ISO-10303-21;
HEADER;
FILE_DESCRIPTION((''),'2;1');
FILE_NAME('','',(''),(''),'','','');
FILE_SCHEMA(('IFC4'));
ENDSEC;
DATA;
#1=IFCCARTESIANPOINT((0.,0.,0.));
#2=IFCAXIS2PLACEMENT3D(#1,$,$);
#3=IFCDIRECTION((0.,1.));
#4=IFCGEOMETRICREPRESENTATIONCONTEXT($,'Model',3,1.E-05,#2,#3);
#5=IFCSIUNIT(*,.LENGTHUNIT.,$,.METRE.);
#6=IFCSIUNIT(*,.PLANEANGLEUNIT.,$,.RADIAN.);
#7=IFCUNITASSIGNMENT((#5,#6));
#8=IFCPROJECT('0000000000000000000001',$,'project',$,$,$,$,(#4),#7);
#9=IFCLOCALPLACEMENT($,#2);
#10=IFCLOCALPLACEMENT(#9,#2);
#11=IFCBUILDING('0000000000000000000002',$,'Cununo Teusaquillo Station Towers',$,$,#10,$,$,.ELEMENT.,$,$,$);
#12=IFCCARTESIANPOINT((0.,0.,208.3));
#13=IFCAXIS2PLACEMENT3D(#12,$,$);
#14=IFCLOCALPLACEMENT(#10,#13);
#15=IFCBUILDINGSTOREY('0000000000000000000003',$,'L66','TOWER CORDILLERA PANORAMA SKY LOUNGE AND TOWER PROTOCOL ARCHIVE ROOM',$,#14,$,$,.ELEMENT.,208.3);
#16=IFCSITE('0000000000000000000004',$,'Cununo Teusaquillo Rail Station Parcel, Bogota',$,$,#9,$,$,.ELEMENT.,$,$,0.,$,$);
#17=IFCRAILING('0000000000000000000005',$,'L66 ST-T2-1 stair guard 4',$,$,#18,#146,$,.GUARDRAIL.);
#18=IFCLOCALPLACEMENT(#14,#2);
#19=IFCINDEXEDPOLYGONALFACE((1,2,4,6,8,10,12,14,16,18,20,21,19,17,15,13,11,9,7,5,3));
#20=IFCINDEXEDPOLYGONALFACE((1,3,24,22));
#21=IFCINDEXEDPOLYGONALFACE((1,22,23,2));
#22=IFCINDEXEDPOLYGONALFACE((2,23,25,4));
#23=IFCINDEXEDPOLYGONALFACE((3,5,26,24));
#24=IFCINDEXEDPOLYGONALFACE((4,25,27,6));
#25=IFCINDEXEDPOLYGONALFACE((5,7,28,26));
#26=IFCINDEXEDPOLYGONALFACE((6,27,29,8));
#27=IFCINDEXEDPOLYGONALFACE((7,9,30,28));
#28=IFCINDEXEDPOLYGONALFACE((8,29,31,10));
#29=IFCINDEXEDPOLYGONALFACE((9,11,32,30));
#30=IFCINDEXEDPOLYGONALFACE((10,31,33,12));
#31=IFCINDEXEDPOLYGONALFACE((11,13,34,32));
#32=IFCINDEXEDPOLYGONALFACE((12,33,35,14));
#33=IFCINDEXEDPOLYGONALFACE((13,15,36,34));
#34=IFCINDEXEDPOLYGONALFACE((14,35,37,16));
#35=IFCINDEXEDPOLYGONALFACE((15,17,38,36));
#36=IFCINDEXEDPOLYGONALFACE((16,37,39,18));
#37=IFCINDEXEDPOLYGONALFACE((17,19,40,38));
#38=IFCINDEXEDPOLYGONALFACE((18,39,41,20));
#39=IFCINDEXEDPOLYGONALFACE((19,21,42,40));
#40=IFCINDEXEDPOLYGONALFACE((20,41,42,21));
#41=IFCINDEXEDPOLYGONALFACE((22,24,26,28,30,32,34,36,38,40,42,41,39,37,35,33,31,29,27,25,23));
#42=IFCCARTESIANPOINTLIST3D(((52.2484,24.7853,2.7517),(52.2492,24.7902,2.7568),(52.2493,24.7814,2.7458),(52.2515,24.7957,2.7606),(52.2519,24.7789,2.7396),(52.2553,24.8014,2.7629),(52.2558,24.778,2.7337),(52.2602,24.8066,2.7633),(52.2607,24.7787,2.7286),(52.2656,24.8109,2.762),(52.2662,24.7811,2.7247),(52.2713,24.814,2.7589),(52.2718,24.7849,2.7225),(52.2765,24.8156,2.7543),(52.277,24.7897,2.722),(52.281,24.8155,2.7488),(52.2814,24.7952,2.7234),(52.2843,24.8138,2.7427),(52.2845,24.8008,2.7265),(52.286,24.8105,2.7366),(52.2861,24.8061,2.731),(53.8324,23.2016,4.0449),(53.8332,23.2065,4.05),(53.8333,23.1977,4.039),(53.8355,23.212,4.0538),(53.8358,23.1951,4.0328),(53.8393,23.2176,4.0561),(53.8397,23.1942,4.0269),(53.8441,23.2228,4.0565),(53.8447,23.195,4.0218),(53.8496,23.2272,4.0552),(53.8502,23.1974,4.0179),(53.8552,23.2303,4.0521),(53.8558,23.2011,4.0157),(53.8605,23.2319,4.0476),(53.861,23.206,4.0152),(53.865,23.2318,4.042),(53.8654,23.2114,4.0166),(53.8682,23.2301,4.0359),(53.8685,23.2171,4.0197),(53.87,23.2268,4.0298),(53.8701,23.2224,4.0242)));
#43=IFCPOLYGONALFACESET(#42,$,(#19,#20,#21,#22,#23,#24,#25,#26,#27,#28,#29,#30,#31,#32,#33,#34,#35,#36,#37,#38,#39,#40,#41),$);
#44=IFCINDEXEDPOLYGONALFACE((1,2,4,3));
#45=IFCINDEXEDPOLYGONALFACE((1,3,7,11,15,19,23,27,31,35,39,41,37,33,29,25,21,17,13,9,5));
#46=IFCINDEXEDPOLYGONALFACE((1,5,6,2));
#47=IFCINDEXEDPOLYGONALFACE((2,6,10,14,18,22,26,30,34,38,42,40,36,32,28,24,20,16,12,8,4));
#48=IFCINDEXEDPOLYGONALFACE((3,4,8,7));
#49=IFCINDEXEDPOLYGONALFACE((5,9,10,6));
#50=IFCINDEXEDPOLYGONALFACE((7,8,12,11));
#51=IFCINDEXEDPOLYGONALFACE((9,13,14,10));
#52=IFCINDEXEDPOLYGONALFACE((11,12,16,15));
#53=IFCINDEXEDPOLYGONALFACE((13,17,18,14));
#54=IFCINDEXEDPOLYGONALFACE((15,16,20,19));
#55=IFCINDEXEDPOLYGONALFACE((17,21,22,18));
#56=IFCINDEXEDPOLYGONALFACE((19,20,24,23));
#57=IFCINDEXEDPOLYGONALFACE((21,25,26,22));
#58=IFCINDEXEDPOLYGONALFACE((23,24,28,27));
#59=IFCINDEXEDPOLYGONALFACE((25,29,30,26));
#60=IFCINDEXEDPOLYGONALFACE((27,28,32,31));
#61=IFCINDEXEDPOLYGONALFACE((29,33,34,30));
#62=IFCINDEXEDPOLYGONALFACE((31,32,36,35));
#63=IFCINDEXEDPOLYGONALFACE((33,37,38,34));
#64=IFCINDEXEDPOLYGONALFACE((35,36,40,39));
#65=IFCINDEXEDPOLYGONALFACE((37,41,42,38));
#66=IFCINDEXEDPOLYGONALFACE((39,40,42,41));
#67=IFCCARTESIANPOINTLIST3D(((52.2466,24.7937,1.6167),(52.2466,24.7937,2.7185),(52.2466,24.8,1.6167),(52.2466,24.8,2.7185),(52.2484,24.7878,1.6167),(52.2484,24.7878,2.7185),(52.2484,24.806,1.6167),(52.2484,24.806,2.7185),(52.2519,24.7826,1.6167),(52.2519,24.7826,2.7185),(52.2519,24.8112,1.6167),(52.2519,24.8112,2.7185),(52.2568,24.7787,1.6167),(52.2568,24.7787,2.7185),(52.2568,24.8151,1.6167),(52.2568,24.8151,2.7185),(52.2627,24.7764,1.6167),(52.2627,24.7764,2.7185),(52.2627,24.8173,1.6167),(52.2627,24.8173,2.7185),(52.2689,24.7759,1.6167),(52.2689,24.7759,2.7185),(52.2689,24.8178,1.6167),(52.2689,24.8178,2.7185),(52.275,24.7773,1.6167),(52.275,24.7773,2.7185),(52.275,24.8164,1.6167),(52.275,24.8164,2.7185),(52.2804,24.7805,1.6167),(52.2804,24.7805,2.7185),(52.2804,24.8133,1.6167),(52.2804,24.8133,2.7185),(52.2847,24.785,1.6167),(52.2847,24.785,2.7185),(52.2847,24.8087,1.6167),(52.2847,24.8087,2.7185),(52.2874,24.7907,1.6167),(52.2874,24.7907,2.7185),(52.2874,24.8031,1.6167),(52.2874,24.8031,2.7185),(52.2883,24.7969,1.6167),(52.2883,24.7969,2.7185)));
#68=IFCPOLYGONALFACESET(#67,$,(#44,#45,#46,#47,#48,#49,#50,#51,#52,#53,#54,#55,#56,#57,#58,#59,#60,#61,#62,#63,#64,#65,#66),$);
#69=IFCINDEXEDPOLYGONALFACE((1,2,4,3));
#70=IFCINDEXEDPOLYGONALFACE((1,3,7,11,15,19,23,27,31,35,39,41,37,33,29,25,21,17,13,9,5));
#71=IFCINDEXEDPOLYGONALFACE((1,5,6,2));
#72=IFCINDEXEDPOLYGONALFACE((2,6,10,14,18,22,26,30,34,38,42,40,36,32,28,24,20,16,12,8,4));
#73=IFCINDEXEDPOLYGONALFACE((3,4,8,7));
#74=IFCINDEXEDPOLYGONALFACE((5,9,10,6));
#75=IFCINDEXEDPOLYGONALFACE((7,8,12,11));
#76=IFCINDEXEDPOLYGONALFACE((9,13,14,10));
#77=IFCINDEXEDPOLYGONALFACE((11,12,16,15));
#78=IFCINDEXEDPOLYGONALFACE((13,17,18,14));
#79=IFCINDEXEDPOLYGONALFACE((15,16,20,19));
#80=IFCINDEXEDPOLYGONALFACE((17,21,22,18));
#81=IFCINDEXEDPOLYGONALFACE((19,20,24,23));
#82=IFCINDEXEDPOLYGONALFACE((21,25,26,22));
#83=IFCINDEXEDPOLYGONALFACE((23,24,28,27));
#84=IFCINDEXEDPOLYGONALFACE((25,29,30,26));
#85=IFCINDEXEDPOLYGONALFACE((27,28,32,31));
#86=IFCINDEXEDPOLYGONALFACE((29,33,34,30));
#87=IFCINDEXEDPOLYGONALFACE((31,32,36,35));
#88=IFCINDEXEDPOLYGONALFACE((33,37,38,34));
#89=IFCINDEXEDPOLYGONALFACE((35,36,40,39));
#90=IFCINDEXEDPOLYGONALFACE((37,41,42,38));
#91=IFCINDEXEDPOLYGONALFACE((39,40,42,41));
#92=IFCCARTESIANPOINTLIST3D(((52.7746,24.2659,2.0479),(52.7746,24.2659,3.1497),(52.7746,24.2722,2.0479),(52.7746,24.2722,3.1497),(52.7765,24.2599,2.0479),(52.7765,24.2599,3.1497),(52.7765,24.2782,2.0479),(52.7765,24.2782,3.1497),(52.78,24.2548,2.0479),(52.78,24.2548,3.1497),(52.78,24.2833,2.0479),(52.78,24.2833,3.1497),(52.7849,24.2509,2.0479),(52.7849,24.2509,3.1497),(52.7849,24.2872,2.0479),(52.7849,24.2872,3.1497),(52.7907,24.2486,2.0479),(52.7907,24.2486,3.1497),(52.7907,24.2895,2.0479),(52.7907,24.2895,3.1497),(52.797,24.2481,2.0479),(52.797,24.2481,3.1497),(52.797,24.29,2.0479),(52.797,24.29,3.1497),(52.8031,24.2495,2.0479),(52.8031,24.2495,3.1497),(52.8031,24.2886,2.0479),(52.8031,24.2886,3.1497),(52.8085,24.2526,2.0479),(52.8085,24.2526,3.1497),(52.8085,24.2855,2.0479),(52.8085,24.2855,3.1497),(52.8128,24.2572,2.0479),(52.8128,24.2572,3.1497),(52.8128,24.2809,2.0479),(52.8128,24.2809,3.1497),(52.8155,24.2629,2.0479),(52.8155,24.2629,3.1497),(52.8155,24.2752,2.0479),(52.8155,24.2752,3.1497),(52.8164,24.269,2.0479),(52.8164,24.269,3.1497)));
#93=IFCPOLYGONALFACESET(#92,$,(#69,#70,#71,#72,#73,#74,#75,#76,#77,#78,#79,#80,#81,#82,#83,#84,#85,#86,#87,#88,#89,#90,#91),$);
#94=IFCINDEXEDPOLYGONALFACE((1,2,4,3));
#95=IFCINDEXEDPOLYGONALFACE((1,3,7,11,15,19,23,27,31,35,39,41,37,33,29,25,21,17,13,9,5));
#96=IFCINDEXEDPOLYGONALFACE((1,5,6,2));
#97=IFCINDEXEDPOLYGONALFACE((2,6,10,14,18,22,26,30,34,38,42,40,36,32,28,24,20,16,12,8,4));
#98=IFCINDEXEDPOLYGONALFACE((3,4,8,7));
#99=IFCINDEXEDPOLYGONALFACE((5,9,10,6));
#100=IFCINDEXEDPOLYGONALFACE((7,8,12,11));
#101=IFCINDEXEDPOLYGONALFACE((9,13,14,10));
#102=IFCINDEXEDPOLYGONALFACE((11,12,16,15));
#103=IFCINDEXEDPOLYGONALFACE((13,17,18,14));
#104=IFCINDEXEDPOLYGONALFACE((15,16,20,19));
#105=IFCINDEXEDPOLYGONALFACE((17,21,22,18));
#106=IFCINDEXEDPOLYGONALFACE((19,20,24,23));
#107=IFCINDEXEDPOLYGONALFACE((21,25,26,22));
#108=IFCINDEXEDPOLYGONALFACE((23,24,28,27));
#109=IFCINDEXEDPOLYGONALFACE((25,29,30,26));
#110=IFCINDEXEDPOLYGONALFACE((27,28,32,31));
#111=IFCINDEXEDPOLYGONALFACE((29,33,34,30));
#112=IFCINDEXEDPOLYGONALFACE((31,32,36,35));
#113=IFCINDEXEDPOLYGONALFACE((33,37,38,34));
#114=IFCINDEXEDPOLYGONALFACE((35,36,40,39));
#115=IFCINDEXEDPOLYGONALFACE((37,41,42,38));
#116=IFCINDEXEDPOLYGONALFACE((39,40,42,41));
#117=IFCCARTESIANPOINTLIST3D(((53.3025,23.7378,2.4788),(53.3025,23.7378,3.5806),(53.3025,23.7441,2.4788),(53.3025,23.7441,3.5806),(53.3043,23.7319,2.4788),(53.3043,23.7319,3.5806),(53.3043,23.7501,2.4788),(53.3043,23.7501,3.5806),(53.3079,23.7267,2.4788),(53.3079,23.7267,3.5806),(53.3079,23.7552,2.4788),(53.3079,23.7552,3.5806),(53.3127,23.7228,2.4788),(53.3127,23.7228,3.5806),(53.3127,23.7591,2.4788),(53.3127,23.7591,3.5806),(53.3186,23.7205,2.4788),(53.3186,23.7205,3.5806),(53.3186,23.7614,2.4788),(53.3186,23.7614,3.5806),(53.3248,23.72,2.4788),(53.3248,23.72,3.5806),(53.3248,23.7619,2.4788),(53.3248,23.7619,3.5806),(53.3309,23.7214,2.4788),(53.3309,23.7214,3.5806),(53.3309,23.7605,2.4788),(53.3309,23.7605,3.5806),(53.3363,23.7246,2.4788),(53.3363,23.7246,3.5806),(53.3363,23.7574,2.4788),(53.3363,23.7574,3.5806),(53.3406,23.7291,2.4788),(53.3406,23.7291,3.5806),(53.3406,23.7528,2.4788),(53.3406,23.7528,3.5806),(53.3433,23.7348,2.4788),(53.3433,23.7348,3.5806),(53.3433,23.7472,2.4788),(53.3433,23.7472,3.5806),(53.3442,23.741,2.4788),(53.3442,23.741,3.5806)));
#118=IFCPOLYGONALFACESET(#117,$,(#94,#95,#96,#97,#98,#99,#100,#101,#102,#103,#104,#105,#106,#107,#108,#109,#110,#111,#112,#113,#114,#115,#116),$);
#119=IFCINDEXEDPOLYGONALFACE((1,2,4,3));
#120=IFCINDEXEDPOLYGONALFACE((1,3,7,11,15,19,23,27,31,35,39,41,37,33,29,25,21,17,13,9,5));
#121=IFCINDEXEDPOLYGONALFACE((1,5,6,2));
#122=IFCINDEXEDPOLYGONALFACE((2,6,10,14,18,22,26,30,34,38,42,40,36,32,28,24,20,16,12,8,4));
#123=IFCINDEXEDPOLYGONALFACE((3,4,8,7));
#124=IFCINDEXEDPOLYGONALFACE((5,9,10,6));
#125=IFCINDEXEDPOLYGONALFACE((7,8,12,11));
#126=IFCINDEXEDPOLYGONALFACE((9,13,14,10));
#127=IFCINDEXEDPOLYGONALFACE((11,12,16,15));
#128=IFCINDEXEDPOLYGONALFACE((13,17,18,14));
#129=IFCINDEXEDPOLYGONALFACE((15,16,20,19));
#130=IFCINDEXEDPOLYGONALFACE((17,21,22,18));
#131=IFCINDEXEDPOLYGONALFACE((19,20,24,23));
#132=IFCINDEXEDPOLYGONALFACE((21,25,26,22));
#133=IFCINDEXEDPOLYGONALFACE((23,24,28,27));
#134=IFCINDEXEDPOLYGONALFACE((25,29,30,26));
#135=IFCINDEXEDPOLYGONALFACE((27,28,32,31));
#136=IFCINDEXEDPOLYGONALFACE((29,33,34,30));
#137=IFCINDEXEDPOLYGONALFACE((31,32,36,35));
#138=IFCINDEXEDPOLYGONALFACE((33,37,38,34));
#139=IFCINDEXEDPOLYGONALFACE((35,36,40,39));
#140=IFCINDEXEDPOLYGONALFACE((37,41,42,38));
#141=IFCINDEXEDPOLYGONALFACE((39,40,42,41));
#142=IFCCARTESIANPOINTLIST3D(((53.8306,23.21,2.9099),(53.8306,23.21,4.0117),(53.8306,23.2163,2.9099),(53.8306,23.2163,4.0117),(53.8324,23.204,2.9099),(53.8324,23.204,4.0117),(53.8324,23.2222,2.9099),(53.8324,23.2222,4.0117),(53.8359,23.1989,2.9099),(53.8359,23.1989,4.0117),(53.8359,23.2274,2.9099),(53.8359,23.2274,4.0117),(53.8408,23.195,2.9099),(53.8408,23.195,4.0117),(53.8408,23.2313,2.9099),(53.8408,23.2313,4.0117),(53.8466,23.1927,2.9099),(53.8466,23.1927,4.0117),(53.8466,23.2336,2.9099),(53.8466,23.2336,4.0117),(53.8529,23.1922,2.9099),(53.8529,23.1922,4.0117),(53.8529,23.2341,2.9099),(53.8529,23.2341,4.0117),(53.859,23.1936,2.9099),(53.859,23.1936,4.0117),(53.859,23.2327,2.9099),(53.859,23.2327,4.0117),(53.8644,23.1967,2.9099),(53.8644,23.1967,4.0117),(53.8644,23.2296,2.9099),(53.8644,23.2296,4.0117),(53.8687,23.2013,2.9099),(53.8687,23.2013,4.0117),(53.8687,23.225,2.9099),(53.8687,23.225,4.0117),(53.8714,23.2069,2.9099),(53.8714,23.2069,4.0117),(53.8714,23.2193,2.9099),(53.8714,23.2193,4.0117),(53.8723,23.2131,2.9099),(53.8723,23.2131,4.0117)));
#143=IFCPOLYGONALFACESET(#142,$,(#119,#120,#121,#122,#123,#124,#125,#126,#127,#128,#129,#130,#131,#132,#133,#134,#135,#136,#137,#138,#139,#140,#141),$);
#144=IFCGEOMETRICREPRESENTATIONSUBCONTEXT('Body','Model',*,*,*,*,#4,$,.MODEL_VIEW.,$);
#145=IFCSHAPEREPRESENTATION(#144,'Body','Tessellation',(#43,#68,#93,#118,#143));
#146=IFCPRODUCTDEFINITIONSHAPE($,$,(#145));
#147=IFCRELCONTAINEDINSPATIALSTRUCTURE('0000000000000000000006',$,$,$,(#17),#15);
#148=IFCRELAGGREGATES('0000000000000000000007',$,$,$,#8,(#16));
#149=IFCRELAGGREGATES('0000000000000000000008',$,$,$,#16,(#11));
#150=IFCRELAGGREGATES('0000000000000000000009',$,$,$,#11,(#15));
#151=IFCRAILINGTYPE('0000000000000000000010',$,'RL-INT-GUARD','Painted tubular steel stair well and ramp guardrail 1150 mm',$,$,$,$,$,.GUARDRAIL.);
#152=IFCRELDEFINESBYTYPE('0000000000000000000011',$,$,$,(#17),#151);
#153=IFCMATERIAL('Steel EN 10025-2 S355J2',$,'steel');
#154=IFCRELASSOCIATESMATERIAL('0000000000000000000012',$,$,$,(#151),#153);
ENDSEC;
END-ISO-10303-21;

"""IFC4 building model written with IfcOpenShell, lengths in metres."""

from ifc_helpers import new_model, si_unit, direction, frame, origin, origin_2d, place, context, subcontext, project, spatial, circle, extrude, material, type_object, element, save


model = new_model("IFC4")

# Units and contexts
model_context = context("Model", 3, precision=1e-05, world=origin(), true_north=direction((0.0, 1.0)))
body_context = subcontext(model_context, "Body", "Model", "MODEL_VIEW")
ifc_project = project(units=[si_unit("LENGTHUNIT", "METRE"), si_unit("PLANEANGLEUNIT", "RADIAN")], contexts=[model_context])

# Site, building, storey
site_placement = place(None, origin())
site = spatial("IfcSite", under=ifc_project, at=site_placement, Name="Cununo Teusaquillo Rail Station Parcel, Bogota", CompositionType="ELEMENT", RefElevation=0.0)
building_placement = place(site_placement, origin())
building = spatial("IfcBuilding", under=site, at=building_placement, Name="Cununo Teusaquillo Station Towers", CompositionType="ELEMENT")
storey_placement = place(building_placement, frame((0.0, 0.0, 208.3)))
storey = spatial("IfcBuildingStorey", under=building, at=storey_placement, Name="L66", Description="TOWER CORDILLERA PANORAMA SKY LOUNGE AND TOWER PROTOCOL ARCHIVE ROOM", CompositionType="ELEMENT", Elevation=208.3)

# Railing
ifc_material_1 = material(Name="Steel EN 10025-2 S355J2", Category="steel")
railing_type_1 = type_object("IfcRailingType", Name="RL-INT-GUARD", Description="Painted tubular steel stair well and ramp guardrail 1150 mm", PredefinedType="GUARDRAIL", material=ifc_material_1)
railing_1_placement = place(storey_placement, frame((52.2673, 24.7969, 1.6167)))
element("IfcRailing", 1, at=railing_1_placement, inside=storey, type_object=railing_type_1, Name="L66 ST-T2-1 stair guard 4", PredefinedType="GUARDRAIL", context=body_context, shape_type="SweptSolid", body=[
    extrude(circle(Radius=0.0239, at=origin_2d()), frame((0.0, 0.0, 1.126), z_axis=(0.61242, -0.612326, 0.499998), x_axis=(0.707052, 0.707161, 0.0)), (0.0, 0.0, 1.0), 2.5864),
    extrude(circle(Radius=0.021, at=origin_2d()), origin(), (0.0, 0.0, 1.0), 1.1018),
    extrude(circle(Radius=0.021, at=origin_2d()), frame((0.5281, -0.5278, 0.4312)), (0.0, 0.0, 1.0), 1.1018),
    extrude(circle(Radius=0.021, at=origin_2d()), frame((1.0559, -1.0559, 0.8621)), (0.0, 0.0, 1.0), 1.1018),
    extrude(circle(Radius=0.021, at=origin_2d()), frame((1.584, -1.5837, 1.2932)), (0.0, 0.0, 1.0), 1.1018),
])

save(model, "model.ifc")
